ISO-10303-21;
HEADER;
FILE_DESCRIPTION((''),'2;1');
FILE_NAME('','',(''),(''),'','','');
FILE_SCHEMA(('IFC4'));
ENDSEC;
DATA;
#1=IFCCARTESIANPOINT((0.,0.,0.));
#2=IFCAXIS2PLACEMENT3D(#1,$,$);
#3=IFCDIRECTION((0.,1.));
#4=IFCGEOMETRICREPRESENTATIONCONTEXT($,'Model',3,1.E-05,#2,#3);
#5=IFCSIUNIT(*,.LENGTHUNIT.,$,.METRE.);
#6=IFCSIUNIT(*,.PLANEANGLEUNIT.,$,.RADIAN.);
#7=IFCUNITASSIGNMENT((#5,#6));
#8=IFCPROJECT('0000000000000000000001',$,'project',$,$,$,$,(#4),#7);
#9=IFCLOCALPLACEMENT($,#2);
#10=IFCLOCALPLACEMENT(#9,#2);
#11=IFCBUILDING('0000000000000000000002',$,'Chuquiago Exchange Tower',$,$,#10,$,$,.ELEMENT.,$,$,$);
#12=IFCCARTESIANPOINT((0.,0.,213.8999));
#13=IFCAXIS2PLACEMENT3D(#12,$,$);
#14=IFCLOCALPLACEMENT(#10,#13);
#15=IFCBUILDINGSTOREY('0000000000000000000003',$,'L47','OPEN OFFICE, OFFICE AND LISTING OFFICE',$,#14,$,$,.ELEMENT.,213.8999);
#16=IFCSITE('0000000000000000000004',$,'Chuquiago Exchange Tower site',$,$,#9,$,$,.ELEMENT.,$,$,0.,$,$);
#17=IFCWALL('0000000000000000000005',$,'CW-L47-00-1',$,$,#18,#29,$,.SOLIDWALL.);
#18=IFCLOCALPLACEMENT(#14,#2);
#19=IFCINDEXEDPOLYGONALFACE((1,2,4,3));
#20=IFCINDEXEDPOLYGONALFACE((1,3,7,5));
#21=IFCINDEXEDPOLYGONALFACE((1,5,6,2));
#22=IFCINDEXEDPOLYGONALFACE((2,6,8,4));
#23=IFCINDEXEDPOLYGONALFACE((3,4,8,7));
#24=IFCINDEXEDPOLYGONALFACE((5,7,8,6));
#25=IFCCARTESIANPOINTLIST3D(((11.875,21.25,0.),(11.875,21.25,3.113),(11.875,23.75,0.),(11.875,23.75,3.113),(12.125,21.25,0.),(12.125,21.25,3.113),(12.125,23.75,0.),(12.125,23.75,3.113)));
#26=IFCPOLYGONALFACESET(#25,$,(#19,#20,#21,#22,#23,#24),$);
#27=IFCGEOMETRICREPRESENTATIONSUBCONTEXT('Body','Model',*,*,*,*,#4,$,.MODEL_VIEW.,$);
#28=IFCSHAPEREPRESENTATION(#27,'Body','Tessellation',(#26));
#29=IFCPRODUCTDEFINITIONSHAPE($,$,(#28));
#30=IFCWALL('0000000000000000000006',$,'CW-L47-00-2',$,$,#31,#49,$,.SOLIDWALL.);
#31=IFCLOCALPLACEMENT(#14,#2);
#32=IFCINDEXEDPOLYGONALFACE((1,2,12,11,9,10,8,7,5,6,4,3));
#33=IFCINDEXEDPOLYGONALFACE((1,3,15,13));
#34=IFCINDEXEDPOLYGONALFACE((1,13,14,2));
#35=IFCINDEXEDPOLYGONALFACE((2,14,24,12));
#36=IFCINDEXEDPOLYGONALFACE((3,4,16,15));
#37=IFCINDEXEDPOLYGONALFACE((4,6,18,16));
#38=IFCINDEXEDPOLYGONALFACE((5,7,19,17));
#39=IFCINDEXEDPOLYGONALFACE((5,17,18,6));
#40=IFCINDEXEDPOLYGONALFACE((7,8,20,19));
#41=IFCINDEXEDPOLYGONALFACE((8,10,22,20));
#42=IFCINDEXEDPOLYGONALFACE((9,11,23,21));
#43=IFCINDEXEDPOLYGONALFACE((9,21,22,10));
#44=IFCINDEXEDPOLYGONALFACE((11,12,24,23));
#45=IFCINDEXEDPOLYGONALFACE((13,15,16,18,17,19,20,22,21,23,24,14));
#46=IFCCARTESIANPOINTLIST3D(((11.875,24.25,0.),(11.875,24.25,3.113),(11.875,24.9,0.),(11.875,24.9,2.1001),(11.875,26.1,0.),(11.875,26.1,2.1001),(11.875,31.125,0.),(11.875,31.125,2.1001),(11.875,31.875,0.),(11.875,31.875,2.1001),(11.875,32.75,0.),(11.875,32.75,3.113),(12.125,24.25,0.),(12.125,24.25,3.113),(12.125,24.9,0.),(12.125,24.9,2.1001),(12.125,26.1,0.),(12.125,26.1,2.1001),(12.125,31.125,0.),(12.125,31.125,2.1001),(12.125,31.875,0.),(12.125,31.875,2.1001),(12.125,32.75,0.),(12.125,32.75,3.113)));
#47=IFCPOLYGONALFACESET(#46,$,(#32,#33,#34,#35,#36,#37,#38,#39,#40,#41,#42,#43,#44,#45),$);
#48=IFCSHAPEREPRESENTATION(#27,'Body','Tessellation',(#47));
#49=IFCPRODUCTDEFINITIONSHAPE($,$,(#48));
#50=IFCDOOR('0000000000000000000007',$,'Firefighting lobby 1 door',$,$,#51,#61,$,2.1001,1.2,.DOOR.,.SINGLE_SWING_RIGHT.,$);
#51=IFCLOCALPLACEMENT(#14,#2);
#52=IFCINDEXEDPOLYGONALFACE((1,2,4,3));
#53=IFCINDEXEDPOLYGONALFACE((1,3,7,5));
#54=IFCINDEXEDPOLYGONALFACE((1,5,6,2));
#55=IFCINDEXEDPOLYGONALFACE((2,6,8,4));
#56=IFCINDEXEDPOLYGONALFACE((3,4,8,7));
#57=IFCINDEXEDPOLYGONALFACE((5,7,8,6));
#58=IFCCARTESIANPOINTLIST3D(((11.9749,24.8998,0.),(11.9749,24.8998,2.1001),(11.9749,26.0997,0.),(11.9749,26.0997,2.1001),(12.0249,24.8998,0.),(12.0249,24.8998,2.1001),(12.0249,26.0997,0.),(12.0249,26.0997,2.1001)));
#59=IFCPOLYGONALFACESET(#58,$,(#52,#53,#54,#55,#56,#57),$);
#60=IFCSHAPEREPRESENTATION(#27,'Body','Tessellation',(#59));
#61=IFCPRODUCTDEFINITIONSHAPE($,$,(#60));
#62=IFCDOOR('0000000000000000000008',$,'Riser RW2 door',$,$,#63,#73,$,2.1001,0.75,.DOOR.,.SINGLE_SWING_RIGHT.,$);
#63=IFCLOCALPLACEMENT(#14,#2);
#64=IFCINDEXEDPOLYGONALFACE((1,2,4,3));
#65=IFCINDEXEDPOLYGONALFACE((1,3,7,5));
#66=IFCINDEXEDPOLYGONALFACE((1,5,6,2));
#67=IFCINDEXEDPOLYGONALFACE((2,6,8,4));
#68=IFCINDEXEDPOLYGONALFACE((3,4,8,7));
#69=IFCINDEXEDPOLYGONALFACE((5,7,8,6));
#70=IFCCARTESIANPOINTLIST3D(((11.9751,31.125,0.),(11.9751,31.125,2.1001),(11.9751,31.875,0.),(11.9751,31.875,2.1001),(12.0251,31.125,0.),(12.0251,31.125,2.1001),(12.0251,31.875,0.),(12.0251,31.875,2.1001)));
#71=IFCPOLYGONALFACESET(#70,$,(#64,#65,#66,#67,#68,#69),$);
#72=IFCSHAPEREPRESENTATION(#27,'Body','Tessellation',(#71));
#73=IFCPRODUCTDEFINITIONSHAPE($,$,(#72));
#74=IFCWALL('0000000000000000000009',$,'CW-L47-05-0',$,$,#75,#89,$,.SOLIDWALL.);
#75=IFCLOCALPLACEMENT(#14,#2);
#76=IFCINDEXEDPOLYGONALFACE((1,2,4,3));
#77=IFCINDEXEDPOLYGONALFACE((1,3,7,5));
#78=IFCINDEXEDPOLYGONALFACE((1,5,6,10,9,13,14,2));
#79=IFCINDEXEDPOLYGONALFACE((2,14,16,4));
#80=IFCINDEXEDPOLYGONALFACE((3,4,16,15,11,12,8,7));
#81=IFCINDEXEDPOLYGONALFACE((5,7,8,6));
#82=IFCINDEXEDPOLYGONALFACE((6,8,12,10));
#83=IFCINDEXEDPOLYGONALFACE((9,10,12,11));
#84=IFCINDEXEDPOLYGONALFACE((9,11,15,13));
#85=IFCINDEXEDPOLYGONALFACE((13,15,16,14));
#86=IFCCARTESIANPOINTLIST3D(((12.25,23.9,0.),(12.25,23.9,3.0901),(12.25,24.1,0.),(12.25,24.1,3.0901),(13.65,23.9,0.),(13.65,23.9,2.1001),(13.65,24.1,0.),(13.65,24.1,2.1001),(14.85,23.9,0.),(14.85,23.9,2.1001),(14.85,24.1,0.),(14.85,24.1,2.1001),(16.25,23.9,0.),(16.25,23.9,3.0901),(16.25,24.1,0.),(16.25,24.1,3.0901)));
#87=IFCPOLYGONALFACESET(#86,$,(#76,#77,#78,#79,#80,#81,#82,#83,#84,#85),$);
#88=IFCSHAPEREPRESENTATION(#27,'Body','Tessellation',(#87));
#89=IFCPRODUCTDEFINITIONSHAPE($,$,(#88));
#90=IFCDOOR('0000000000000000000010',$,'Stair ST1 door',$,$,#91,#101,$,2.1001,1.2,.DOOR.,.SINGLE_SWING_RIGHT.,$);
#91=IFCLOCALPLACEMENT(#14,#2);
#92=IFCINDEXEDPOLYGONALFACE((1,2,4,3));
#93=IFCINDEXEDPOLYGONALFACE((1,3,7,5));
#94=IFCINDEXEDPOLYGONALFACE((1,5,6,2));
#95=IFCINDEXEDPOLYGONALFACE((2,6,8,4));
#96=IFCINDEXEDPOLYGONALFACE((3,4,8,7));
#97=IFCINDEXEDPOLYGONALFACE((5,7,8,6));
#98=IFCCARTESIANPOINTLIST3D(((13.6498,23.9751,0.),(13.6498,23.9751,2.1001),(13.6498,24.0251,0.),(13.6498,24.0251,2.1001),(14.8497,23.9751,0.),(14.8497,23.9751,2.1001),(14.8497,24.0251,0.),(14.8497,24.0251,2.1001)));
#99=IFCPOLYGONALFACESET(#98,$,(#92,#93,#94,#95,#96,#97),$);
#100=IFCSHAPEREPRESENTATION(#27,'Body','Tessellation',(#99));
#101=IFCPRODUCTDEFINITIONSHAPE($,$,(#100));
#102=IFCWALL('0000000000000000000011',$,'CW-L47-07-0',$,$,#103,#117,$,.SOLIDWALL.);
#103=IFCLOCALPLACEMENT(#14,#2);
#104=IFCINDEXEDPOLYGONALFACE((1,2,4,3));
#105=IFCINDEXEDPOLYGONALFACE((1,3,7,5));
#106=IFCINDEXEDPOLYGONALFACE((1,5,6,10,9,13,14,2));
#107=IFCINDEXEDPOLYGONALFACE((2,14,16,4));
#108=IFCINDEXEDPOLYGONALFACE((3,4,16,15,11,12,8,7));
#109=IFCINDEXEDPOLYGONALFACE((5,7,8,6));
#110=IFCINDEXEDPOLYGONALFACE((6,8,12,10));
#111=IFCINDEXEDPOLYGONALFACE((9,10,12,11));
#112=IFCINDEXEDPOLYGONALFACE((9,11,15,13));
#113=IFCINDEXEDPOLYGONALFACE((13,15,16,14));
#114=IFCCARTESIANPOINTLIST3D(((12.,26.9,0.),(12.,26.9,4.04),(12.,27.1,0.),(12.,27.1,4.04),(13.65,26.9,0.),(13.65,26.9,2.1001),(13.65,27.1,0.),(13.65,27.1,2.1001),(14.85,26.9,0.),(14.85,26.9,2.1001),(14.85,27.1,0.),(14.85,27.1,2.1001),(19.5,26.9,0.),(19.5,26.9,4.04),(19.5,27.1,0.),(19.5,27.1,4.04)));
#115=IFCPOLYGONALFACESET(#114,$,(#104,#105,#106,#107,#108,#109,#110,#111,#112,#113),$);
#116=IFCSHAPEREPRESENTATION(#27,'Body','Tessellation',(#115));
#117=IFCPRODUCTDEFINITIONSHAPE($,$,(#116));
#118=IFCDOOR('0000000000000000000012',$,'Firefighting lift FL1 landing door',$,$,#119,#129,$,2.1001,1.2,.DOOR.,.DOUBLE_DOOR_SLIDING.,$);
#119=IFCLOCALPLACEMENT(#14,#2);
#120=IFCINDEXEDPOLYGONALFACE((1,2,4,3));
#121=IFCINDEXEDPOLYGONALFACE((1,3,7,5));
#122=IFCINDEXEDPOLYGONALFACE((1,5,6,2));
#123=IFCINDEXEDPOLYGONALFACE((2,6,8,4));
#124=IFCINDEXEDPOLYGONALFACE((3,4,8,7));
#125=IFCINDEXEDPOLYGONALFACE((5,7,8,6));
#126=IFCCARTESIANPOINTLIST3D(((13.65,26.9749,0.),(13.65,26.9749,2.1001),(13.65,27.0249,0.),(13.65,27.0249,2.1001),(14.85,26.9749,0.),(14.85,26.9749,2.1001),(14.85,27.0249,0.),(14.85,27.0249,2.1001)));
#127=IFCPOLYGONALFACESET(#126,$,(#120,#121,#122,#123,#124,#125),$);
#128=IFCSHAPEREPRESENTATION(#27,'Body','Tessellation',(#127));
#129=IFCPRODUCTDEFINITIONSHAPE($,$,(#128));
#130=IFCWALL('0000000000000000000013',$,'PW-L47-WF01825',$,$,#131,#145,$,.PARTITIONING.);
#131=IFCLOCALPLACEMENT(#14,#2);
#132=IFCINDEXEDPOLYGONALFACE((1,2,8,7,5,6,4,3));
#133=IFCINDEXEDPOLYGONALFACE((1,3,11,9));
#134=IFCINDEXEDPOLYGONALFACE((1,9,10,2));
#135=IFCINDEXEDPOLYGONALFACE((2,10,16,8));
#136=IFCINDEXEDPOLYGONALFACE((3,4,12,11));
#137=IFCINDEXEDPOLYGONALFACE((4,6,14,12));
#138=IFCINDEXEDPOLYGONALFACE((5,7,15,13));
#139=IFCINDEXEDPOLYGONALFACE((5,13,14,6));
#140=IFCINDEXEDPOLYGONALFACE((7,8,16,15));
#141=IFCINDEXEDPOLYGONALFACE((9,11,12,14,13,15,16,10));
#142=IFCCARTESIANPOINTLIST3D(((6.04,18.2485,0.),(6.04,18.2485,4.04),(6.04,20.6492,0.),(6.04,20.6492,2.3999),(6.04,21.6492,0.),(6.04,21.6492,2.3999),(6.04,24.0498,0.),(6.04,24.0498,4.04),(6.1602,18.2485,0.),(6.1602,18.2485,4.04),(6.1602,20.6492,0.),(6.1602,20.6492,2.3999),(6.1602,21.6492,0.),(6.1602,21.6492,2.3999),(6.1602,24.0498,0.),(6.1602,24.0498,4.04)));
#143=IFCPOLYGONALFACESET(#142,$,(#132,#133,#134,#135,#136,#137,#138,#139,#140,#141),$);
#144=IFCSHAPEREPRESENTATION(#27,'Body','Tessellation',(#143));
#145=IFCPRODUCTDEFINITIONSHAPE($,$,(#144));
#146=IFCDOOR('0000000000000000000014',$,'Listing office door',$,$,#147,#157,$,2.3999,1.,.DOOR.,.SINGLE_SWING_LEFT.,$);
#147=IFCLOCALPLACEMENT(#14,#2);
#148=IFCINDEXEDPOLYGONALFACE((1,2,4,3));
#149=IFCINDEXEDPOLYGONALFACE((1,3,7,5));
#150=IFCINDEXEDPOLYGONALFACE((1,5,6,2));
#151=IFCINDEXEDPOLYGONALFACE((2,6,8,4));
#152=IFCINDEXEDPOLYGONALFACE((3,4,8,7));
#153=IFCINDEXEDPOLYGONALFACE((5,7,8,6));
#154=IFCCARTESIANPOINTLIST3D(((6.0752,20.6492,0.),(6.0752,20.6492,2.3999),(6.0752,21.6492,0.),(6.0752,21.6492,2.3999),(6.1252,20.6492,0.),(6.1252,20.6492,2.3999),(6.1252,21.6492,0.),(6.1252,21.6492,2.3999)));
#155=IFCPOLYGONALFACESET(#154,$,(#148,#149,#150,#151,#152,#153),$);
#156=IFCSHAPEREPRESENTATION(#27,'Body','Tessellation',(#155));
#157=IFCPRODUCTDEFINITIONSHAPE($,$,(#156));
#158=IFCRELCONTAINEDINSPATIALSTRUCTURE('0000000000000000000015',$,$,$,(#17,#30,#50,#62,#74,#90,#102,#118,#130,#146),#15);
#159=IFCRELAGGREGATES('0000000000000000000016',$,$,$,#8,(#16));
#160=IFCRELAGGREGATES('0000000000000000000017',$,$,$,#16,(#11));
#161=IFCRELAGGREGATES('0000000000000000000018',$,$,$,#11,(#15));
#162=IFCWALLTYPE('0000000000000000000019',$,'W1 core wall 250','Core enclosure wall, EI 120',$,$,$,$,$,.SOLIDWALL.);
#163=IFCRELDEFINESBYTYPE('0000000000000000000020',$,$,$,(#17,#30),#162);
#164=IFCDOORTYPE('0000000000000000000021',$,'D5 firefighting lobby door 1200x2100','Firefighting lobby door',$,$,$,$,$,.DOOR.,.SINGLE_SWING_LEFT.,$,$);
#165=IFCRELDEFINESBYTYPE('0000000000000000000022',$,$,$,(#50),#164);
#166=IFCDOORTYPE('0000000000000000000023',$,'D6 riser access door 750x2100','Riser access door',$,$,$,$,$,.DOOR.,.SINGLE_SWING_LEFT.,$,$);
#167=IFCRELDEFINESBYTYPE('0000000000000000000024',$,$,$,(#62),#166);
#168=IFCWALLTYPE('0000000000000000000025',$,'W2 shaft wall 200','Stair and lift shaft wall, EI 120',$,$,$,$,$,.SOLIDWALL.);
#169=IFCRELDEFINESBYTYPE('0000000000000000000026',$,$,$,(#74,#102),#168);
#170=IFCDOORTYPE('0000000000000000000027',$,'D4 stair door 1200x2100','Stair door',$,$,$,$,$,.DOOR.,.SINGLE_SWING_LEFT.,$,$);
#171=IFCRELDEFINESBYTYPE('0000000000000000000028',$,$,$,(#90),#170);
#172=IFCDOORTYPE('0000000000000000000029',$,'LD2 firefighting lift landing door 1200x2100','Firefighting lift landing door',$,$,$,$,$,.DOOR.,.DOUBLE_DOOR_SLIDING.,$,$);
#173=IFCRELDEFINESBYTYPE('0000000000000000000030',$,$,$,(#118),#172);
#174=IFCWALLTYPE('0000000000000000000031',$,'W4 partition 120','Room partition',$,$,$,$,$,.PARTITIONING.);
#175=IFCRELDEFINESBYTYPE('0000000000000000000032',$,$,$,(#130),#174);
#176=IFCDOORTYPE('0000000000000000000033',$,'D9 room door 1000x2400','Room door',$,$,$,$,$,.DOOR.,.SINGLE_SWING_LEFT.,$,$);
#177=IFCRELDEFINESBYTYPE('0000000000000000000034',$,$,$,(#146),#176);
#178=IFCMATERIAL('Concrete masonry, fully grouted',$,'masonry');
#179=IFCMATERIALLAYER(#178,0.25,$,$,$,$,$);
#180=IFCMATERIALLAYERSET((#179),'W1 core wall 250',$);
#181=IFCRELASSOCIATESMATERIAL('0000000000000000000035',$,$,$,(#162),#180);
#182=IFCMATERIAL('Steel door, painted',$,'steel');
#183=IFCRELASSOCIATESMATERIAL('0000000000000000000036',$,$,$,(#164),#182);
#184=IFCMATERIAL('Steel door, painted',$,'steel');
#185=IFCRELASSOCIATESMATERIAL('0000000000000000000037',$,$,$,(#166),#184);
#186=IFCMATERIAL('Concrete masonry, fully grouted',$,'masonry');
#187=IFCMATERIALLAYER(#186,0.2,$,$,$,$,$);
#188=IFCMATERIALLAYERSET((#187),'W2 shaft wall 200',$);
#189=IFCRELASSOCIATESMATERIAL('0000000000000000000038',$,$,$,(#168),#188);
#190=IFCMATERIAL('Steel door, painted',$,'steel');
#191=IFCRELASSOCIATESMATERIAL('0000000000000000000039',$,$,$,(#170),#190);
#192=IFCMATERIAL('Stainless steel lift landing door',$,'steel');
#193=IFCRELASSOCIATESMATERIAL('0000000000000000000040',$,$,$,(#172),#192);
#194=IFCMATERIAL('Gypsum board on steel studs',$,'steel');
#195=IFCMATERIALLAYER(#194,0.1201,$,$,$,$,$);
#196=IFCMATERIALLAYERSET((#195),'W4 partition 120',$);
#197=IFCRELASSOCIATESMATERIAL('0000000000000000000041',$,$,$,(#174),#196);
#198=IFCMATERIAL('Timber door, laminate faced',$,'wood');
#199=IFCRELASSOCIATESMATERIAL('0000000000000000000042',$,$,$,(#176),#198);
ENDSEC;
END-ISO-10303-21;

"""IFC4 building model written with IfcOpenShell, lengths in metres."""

from ifc_helpers import new_model, si_unit, direction, frame, frame_2d, origin, place, context, subcontext, project, spatial, rectangle, extrude, material, layer, layer_set, type_object, element, fill, save


model = new_model("IFC4")

# Units and contexts
model_context = context("Model", 3, precision=1e-05, world=origin(), true_north=direction((0.0, 1.0)))
body_context = subcontext(model_context, "Body", "Model", "MODEL_VIEW")
ifc_project = project(units=[si_unit("LENGTHUNIT", "METRE"), si_unit("PLANEANGLEUNIT", "RADIAN")], contexts=[model_context])

# Site, building, storey
site_placement = place(None, origin())
site = spatial("IfcSite", under=ifc_project, at=site_placement, Name="Chuquiago Exchange Tower site", CompositionType="ELEMENT", RefElevation=0.0)
building_placement = place(site_placement, origin())
building = spatial("IfcBuilding", under=site, at=building_placement, Name="Chuquiago Exchange Tower", CompositionType="ELEMENT")
storey_placement = place(building_placement, frame((0.0, 0.0, 213.8999)))
storey = spatial("IfcBuildingStorey", under=building, at=storey_placement, Name="L47", Description="OPEN OFFICE, OFFICE AND LISTING OFFICE", CompositionType="ELEMENT", Elevation=213.8999)

# Wall
ifc_material_1 = material(Name="Concrete masonry, fully grouted", Category="masonry")
ifc_layer_1 = layer(ifc_material_1, 0.25)
ifc_layer_set_1 = layer_set([ifc_layer_1], Name="W1 core wall 250")
wall_type_1 = type_object("IfcWallType", Name="W1 core wall 250", Description="Core enclosure wall, EI 120", PredefinedType="SOLIDWALL", material=ifc_layer_set_1)
wall_1_placement = place(storey_placement, frame((12.0, 21.25, 0.0), z_axis=(0.0, 0.0, 1.0), x_axis=(0.0, 1.0, 0.0)))
element("IfcWall", 1, at=wall_1_placement, inside=storey, type_object=wall_type_1, Name="CW-L47-00-1", PredefinedType="SOLIDWALL", context=body_context, shape_type="SweptSolid", body=[
    extrude(rectangle(XDim=2.5, YDim=0.25, at=frame_2d((1.25, 0.0))), origin(), (0.0, 0.0, 1.0), 3.113),
])

# Wall, openings, doors
wall_2_placement = place(storey_placement, frame((12.0, 24.25, 0.0), z_axis=(0.0, 0.0, 1.0), x_axis=(0.0, 1.0, 0.0)))
wall_2 = element("IfcWall", 2, at=wall_2_placement, inside=storey, type_object=wall_type_1, Name="CW-L47-00-2", PredefinedType="SOLIDWALL", context=body_context, shape_type="SweptSolid", body=[
    extrude(rectangle(XDim=8.5, YDim=0.25, at=frame_2d((4.25, 0.0))), origin(), (0.0, 0.0, 1.0), 3.113),
])
opening_1_placement = place(wall_2_placement, frame((0.6499, 0.0, 0.0)))
opening_1 = element("IfcOpeningElement", 3, at=opening_1_placement, cuts=wall_2, PredefinedType="OPENING", context=body_context, shape_type="SweptSolid", body=[
    extrude(rectangle(XDim=1.2, YDim=2.1001, at=frame_2d((0.6001, 1.05))), frame((0.0, 0.135, 0.0), z_axis=(0.0, -1.0, 0.0), x_axis=(1.0, 0.0, 0.0)), (0.0, 0.0, 1.0), 0.27),
])
opening_2_placement = place(wall_2_placement, frame((6.875, 0.0, 0.0)))
opening_2 = element("IfcOpeningElement", 4, at=opening_2_placement, cuts=wall_2, PredefinedType="OPENING", context=body_context, shape_type="SweptSolid", body=[
    extrude(rectangle(XDim=0.75, YDim=2.1001, at=frame_2d((0.375, 1.05))), frame((0.0, 0.135, 0.0), z_axis=(0.0, -1.0, 0.0), x_axis=(1.0, 0.0, 0.0)), (0.0, 0.0, 1.0), 0.27),
])
ifc_material_2 = material(Name="Steel door, painted", Category="steel")
door_type_1 = type_object("IfcDoorType", Name="D5 firefighting lobby door 1200x2100", Description="Firefighting lobby door", OperationType="SINGLE_SWING_LEFT", PredefinedType="DOOR", material=ifc_material_2)
door_1_placement = place(opening_1_placement, frame((1.2, 0.0, 0.0), z_axis=(0.0, 0.0, 1.0), x_axis=(-1.0, 0.0, 0.0)))
door_1 = element("IfcDoor", 5, at=door_1_placement, inside=storey, type_object=door_type_1, Name="Firefighting lobby 1 door", OperationType="SINGLE_SWING_RIGHT", OverallHeight=2.1001, OverallWidth=1.2, PredefinedType="DOOR", context=body_context, shape_type="SweptSolid", body=[
    extrude(rectangle(XDim=1.2, YDim=2.1001, at=frame_2d((0.6001, 1.05))), frame((0.0, 0.0249, 0.0), z_axis=(0.0, -1.0, 0.0), x_axis=(1.0, 0.0, 0.0)), (0.0, 0.0, 1.0), 0.05),
])
fill(opening_1, door_1)
ifc_material_3 = material(Name="Steel door, painted", Category="steel")
door_type_2 = type_object("IfcDoorType", Name="D6 riser access door 750x2100", Description="Riser access door", OperationType="SINGLE_SWING_LEFT", PredefinedType="DOOR", material=ifc_material_3)
door_2_placement = place(opening_2_placement, origin())
door_2 = element("IfcDoor", 6, at=door_2_placement, inside=storey, type_object=door_type_2, Name="Riser RW2 door", OperationType="SINGLE_SWING_RIGHT", OverallHeight=2.1001, OverallWidth=0.75, PredefinedType="DOOR", context=body_context, shape_type="SweptSolid", body=[
    extrude(rectangle(XDim=0.75, YDim=2.1001, at=frame_2d((0.375, 1.05))), frame((0.0, 0.0249, 0.0), z_axis=(0.0, -1.0, 0.0), x_axis=(1.0, 0.0, 0.0)), (0.0, 0.0, 1.0), 0.05),
])
fill(opening_2, door_2)

# Walls, openings, doors
ifc_material_4 = material(Name="Concrete masonry, fully grouted", Category="masonry")
ifc_layer_2 = layer(ifc_material_4, 0.2)
ifc_layer_set_2 = layer_set([ifc_layer_2], Name="W2 shaft wall 200")
wall_type_2 = type_object("IfcWallType", Name="W2 shaft wall 200", Description="Stair and lift shaft wall, EI 120", PredefinedType="SOLIDWALL", material=ifc_layer_set_2)
wall_3_placement = place(storey_placement, frame((12.25, 24.0, 0.0), z_axis=(0.0, 0.0, 1.0), x_axis=(1.0, 0.0, 0.0)))
wall_3 = element("IfcWall", 7, at=wall_3_placement, inside=storey, type_object=wall_type_2, Name="CW-L47-05-0", PredefinedType="SOLIDWALL", context=body_context, shape_type="SweptSolid", body=[
    extrude(rectangle(XDim=4.0, YDim=0.2, at=frame_2d((2.0, 0.0))), origin(), (0.0, 0.0, 1.0), 3.0901),
])
opening_3_placement = place(wall_3_placement, frame((1.3999, 0.0, 0.0)))
opening_3 = element("IfcOpeningElement", 8, at=opening_3_placement, cuts=wall_3, PredefinedType="OPENING", context=body_context, shape_type="SweptSolid", body=[
    extrude(rectangle(XDim=1.2, YDim=2.1001, at=frame_2d((0.6001, 1.05))), frame((0.0, 0.1099, 0.0), z_axis=(0.0, -1.0, 0.0), x_axis=(1.0, 0.0, 0.0)), (0.0, 0.0, 1.0), 0.22),
])
ifc_material_5 = material(Name="Steel door, painted", Category="steel")
door_type_3 = type_object("IfcDoorType", Name="D4 stair door 1200x2100", Description="Stair door", OperationType="SINGLE_SWING_LEFT", PredefinedType="DOOR", material=ifc_material_5)
door_3_placement = place(opening_3_placement, frame((1.2, 0.0, 0.0), z_axis=(0.0, 0.0, 1.0), x_axis=(-1.0, 0.0, 0.0)))
door_3 = element("IfcDoor", 9, at=door_3_placement, inside=storey, type_object=door_type_3, Name="Stair ST1 door", OperationType="SINGLE_SWING_RIGHT", OverallHeight=2.1001, OverallWidth=1.2, PredefinedType="DOOR", context=body_context, shape_type="SweptSolid", body=[
    extrude(rectangle(XDim=1.2, YDim=2.1001, at=frame_2d((0.6001, 1.05))), frame((0.0, 0.0249, 0.0), z_axis=(0.0, -1.0, 0.0), x_axis=(1.0, 0.0, 0.0)), (0.0, 0.0, 1.0), 0.05),
])
fill(opening_3, door_3)
wall_4_placement = place(storey_placement, frame((12.0, 27.0, 0.0), z_axis=(0.0, 0.0, 1.0), x_axis=(1.0, 0.0, 0.0)))
wall_4 = element("IfcWall", 10, at=wall_4_placement, inside=storey, type_object=wall_type_2, Name="CW-L47-07-0", PredefinedType="SOLIDWALL", context=body_context, shape_type="SweptSolid", body=[
    extrude(rectangle(XDim=7.5, YDim=0.2, at=frame_2d((3.75, 0.0))), origin(), (0.0, 0.0, 1.0), 4.04),
])
opening_4_placement = place(wall_4_placement, frame((1.6499, 0.0, 0.0)))
opening_4 = element("IfcOpeningElement", 11, at=opening_4_placement, cuts=wall_4, PredefinedType="OPENING", context=body_context, shape_type="SweptSolid", body=[
    extrude(rectangle(XDim=1.2, YDim=2.1001, at=frame_2d((0.6001, 1.05))), frame((0.0, 0.1099, 0.0), z_axis=(0.0, -1.0, 0.0), x_axis=(1.0, 0.0, 0.0)), (0.0, 0.0, 1.0), 0.22),
])
ifc_material_6 = material(Name="Stainless steel lift landing door", Category="steel")
door_type_4 = type_object("IfcDoorType", Name="LD2 firefighting lift landing door 1200x2100", Description="Firefighting lift landing door", OperationType="DOUBLE_DOOR_SLIDING", PredefinedType="DOOR", material=ifc_material_6)
door_4_placement = place(opening_4_placement, origin())
door_4 = element("IfcDoor", 12, at=door_4_placement, inside=storey, type_object=door_type_4, Name="Firefighting lift FL1 landing door", OperationType="DOUBLE_DOOR_SLIDING", OverallHeight=2.1001, OverallWidth=1.2, PredefinedType="DOOR", context=body_context, shape_type="SweptSolid", body=[
    extrude(rectangle(XDim=1.2, YDim=2.1001, at=frame_2d((0.6001, 1.05))), frame((0.0, 0.0249, 0.0), z_axis=(0.0, -1.0, 0.0), x_axis=(1.0, 0.0, 0.0)), (0.0, 0.0, 1.0), 0.05),
])
fill(opening_4, door_4)
ifc_material_7 = material(Name="Gypsum board on steel studs", Category="steel")
ifc_layer_3 = layer(ifc_material_7, 0.1201)
ifc_layer_set_3 = layer_set([ifc_layer_3], Name="W4 partition 120")
wall_type_3 = type_object("IfcWallType", Name="W4 partition 120", Description="Room partition", PredefinedType="PARTITIONING", material=ifc_layer_set_3)
wall_5_placement = place(storey_placement, frame((6.1001, 18.2485, 0.0), z_axis=(0.0, 0.0, 1.0), x_axis=(0.0, 1.0, 0.0)))
wall_5 = element("IfcWall", 13, at=wall_5_placement, inside=storey, type_object=wall_type_3, Name="PW-L47-WF01825", PredefinedType="PARTITIONING", context=body_context, shape_type="SweptSolid", body=[
    extrude(rectangle(XDim=5.8013, YDim=0.1201, at=frame_2d((2.9006, 0.0))), origin(), (0.0, 0.0, 1.0), 4.04),
])
opening_5_placement = place(wall_5_placement, frame((2.4006, 0.0, 0.0)))
opening_5 = element("IfcOpeningElement", 14, at=opening_5_placement, cuts=wall_5, PredefinedType="OPENING", context=body_context, shape_type="SweptSolid", body=[
    extrude(rectangle(XDim=1.0, YDim=2.3999, at=frame_2d((0.5, 1.2))), frame((0.0, 0.0701, 0.0), z_axis=(0.0, -1.0, 0.0), x_axis=(1.0, 0.0, 0.0)), (0.0, 0.0, 1.0), 0.1401),
])
ifc_material_8 = material(Name="Timber door, laminate faced", Category="wood")
door_type_5 = type_object("IfcDoorType", Name="D9 room door 1000x2400", Description="Room door", OperationType="SINGLE_SWING_LEFT", PredefinedType="DOOR", material=ifc_material_8)
door_5_placement = place(opening_5_placement, origin())
door_5 = element("IfcDoor", 15, at=door_5_placement, inside=storey, type_object=door_type_5, Name="Listing office door", OperationType="SINGLE_SWING_LEFT", OverallHeight=2.3999, OverallWidth=1.0, PredefinedType="DOOR", context=body_context, shape_type="SweptSolid", body=[
    extrude(rectangle(XDim=1.0, YDim=2.3999, at=frame_2d((0.5, 1.2))), frame((0.0, 0.0249, 0.0), z_axis=(0.0, -1.0, 0.0), x_axis=(1.0, 0.0, 0.0)), (0.0, 0.0, 1.0), 0.05),
])
fill(opening_5, door_5)

save(model, "model.ifc")
